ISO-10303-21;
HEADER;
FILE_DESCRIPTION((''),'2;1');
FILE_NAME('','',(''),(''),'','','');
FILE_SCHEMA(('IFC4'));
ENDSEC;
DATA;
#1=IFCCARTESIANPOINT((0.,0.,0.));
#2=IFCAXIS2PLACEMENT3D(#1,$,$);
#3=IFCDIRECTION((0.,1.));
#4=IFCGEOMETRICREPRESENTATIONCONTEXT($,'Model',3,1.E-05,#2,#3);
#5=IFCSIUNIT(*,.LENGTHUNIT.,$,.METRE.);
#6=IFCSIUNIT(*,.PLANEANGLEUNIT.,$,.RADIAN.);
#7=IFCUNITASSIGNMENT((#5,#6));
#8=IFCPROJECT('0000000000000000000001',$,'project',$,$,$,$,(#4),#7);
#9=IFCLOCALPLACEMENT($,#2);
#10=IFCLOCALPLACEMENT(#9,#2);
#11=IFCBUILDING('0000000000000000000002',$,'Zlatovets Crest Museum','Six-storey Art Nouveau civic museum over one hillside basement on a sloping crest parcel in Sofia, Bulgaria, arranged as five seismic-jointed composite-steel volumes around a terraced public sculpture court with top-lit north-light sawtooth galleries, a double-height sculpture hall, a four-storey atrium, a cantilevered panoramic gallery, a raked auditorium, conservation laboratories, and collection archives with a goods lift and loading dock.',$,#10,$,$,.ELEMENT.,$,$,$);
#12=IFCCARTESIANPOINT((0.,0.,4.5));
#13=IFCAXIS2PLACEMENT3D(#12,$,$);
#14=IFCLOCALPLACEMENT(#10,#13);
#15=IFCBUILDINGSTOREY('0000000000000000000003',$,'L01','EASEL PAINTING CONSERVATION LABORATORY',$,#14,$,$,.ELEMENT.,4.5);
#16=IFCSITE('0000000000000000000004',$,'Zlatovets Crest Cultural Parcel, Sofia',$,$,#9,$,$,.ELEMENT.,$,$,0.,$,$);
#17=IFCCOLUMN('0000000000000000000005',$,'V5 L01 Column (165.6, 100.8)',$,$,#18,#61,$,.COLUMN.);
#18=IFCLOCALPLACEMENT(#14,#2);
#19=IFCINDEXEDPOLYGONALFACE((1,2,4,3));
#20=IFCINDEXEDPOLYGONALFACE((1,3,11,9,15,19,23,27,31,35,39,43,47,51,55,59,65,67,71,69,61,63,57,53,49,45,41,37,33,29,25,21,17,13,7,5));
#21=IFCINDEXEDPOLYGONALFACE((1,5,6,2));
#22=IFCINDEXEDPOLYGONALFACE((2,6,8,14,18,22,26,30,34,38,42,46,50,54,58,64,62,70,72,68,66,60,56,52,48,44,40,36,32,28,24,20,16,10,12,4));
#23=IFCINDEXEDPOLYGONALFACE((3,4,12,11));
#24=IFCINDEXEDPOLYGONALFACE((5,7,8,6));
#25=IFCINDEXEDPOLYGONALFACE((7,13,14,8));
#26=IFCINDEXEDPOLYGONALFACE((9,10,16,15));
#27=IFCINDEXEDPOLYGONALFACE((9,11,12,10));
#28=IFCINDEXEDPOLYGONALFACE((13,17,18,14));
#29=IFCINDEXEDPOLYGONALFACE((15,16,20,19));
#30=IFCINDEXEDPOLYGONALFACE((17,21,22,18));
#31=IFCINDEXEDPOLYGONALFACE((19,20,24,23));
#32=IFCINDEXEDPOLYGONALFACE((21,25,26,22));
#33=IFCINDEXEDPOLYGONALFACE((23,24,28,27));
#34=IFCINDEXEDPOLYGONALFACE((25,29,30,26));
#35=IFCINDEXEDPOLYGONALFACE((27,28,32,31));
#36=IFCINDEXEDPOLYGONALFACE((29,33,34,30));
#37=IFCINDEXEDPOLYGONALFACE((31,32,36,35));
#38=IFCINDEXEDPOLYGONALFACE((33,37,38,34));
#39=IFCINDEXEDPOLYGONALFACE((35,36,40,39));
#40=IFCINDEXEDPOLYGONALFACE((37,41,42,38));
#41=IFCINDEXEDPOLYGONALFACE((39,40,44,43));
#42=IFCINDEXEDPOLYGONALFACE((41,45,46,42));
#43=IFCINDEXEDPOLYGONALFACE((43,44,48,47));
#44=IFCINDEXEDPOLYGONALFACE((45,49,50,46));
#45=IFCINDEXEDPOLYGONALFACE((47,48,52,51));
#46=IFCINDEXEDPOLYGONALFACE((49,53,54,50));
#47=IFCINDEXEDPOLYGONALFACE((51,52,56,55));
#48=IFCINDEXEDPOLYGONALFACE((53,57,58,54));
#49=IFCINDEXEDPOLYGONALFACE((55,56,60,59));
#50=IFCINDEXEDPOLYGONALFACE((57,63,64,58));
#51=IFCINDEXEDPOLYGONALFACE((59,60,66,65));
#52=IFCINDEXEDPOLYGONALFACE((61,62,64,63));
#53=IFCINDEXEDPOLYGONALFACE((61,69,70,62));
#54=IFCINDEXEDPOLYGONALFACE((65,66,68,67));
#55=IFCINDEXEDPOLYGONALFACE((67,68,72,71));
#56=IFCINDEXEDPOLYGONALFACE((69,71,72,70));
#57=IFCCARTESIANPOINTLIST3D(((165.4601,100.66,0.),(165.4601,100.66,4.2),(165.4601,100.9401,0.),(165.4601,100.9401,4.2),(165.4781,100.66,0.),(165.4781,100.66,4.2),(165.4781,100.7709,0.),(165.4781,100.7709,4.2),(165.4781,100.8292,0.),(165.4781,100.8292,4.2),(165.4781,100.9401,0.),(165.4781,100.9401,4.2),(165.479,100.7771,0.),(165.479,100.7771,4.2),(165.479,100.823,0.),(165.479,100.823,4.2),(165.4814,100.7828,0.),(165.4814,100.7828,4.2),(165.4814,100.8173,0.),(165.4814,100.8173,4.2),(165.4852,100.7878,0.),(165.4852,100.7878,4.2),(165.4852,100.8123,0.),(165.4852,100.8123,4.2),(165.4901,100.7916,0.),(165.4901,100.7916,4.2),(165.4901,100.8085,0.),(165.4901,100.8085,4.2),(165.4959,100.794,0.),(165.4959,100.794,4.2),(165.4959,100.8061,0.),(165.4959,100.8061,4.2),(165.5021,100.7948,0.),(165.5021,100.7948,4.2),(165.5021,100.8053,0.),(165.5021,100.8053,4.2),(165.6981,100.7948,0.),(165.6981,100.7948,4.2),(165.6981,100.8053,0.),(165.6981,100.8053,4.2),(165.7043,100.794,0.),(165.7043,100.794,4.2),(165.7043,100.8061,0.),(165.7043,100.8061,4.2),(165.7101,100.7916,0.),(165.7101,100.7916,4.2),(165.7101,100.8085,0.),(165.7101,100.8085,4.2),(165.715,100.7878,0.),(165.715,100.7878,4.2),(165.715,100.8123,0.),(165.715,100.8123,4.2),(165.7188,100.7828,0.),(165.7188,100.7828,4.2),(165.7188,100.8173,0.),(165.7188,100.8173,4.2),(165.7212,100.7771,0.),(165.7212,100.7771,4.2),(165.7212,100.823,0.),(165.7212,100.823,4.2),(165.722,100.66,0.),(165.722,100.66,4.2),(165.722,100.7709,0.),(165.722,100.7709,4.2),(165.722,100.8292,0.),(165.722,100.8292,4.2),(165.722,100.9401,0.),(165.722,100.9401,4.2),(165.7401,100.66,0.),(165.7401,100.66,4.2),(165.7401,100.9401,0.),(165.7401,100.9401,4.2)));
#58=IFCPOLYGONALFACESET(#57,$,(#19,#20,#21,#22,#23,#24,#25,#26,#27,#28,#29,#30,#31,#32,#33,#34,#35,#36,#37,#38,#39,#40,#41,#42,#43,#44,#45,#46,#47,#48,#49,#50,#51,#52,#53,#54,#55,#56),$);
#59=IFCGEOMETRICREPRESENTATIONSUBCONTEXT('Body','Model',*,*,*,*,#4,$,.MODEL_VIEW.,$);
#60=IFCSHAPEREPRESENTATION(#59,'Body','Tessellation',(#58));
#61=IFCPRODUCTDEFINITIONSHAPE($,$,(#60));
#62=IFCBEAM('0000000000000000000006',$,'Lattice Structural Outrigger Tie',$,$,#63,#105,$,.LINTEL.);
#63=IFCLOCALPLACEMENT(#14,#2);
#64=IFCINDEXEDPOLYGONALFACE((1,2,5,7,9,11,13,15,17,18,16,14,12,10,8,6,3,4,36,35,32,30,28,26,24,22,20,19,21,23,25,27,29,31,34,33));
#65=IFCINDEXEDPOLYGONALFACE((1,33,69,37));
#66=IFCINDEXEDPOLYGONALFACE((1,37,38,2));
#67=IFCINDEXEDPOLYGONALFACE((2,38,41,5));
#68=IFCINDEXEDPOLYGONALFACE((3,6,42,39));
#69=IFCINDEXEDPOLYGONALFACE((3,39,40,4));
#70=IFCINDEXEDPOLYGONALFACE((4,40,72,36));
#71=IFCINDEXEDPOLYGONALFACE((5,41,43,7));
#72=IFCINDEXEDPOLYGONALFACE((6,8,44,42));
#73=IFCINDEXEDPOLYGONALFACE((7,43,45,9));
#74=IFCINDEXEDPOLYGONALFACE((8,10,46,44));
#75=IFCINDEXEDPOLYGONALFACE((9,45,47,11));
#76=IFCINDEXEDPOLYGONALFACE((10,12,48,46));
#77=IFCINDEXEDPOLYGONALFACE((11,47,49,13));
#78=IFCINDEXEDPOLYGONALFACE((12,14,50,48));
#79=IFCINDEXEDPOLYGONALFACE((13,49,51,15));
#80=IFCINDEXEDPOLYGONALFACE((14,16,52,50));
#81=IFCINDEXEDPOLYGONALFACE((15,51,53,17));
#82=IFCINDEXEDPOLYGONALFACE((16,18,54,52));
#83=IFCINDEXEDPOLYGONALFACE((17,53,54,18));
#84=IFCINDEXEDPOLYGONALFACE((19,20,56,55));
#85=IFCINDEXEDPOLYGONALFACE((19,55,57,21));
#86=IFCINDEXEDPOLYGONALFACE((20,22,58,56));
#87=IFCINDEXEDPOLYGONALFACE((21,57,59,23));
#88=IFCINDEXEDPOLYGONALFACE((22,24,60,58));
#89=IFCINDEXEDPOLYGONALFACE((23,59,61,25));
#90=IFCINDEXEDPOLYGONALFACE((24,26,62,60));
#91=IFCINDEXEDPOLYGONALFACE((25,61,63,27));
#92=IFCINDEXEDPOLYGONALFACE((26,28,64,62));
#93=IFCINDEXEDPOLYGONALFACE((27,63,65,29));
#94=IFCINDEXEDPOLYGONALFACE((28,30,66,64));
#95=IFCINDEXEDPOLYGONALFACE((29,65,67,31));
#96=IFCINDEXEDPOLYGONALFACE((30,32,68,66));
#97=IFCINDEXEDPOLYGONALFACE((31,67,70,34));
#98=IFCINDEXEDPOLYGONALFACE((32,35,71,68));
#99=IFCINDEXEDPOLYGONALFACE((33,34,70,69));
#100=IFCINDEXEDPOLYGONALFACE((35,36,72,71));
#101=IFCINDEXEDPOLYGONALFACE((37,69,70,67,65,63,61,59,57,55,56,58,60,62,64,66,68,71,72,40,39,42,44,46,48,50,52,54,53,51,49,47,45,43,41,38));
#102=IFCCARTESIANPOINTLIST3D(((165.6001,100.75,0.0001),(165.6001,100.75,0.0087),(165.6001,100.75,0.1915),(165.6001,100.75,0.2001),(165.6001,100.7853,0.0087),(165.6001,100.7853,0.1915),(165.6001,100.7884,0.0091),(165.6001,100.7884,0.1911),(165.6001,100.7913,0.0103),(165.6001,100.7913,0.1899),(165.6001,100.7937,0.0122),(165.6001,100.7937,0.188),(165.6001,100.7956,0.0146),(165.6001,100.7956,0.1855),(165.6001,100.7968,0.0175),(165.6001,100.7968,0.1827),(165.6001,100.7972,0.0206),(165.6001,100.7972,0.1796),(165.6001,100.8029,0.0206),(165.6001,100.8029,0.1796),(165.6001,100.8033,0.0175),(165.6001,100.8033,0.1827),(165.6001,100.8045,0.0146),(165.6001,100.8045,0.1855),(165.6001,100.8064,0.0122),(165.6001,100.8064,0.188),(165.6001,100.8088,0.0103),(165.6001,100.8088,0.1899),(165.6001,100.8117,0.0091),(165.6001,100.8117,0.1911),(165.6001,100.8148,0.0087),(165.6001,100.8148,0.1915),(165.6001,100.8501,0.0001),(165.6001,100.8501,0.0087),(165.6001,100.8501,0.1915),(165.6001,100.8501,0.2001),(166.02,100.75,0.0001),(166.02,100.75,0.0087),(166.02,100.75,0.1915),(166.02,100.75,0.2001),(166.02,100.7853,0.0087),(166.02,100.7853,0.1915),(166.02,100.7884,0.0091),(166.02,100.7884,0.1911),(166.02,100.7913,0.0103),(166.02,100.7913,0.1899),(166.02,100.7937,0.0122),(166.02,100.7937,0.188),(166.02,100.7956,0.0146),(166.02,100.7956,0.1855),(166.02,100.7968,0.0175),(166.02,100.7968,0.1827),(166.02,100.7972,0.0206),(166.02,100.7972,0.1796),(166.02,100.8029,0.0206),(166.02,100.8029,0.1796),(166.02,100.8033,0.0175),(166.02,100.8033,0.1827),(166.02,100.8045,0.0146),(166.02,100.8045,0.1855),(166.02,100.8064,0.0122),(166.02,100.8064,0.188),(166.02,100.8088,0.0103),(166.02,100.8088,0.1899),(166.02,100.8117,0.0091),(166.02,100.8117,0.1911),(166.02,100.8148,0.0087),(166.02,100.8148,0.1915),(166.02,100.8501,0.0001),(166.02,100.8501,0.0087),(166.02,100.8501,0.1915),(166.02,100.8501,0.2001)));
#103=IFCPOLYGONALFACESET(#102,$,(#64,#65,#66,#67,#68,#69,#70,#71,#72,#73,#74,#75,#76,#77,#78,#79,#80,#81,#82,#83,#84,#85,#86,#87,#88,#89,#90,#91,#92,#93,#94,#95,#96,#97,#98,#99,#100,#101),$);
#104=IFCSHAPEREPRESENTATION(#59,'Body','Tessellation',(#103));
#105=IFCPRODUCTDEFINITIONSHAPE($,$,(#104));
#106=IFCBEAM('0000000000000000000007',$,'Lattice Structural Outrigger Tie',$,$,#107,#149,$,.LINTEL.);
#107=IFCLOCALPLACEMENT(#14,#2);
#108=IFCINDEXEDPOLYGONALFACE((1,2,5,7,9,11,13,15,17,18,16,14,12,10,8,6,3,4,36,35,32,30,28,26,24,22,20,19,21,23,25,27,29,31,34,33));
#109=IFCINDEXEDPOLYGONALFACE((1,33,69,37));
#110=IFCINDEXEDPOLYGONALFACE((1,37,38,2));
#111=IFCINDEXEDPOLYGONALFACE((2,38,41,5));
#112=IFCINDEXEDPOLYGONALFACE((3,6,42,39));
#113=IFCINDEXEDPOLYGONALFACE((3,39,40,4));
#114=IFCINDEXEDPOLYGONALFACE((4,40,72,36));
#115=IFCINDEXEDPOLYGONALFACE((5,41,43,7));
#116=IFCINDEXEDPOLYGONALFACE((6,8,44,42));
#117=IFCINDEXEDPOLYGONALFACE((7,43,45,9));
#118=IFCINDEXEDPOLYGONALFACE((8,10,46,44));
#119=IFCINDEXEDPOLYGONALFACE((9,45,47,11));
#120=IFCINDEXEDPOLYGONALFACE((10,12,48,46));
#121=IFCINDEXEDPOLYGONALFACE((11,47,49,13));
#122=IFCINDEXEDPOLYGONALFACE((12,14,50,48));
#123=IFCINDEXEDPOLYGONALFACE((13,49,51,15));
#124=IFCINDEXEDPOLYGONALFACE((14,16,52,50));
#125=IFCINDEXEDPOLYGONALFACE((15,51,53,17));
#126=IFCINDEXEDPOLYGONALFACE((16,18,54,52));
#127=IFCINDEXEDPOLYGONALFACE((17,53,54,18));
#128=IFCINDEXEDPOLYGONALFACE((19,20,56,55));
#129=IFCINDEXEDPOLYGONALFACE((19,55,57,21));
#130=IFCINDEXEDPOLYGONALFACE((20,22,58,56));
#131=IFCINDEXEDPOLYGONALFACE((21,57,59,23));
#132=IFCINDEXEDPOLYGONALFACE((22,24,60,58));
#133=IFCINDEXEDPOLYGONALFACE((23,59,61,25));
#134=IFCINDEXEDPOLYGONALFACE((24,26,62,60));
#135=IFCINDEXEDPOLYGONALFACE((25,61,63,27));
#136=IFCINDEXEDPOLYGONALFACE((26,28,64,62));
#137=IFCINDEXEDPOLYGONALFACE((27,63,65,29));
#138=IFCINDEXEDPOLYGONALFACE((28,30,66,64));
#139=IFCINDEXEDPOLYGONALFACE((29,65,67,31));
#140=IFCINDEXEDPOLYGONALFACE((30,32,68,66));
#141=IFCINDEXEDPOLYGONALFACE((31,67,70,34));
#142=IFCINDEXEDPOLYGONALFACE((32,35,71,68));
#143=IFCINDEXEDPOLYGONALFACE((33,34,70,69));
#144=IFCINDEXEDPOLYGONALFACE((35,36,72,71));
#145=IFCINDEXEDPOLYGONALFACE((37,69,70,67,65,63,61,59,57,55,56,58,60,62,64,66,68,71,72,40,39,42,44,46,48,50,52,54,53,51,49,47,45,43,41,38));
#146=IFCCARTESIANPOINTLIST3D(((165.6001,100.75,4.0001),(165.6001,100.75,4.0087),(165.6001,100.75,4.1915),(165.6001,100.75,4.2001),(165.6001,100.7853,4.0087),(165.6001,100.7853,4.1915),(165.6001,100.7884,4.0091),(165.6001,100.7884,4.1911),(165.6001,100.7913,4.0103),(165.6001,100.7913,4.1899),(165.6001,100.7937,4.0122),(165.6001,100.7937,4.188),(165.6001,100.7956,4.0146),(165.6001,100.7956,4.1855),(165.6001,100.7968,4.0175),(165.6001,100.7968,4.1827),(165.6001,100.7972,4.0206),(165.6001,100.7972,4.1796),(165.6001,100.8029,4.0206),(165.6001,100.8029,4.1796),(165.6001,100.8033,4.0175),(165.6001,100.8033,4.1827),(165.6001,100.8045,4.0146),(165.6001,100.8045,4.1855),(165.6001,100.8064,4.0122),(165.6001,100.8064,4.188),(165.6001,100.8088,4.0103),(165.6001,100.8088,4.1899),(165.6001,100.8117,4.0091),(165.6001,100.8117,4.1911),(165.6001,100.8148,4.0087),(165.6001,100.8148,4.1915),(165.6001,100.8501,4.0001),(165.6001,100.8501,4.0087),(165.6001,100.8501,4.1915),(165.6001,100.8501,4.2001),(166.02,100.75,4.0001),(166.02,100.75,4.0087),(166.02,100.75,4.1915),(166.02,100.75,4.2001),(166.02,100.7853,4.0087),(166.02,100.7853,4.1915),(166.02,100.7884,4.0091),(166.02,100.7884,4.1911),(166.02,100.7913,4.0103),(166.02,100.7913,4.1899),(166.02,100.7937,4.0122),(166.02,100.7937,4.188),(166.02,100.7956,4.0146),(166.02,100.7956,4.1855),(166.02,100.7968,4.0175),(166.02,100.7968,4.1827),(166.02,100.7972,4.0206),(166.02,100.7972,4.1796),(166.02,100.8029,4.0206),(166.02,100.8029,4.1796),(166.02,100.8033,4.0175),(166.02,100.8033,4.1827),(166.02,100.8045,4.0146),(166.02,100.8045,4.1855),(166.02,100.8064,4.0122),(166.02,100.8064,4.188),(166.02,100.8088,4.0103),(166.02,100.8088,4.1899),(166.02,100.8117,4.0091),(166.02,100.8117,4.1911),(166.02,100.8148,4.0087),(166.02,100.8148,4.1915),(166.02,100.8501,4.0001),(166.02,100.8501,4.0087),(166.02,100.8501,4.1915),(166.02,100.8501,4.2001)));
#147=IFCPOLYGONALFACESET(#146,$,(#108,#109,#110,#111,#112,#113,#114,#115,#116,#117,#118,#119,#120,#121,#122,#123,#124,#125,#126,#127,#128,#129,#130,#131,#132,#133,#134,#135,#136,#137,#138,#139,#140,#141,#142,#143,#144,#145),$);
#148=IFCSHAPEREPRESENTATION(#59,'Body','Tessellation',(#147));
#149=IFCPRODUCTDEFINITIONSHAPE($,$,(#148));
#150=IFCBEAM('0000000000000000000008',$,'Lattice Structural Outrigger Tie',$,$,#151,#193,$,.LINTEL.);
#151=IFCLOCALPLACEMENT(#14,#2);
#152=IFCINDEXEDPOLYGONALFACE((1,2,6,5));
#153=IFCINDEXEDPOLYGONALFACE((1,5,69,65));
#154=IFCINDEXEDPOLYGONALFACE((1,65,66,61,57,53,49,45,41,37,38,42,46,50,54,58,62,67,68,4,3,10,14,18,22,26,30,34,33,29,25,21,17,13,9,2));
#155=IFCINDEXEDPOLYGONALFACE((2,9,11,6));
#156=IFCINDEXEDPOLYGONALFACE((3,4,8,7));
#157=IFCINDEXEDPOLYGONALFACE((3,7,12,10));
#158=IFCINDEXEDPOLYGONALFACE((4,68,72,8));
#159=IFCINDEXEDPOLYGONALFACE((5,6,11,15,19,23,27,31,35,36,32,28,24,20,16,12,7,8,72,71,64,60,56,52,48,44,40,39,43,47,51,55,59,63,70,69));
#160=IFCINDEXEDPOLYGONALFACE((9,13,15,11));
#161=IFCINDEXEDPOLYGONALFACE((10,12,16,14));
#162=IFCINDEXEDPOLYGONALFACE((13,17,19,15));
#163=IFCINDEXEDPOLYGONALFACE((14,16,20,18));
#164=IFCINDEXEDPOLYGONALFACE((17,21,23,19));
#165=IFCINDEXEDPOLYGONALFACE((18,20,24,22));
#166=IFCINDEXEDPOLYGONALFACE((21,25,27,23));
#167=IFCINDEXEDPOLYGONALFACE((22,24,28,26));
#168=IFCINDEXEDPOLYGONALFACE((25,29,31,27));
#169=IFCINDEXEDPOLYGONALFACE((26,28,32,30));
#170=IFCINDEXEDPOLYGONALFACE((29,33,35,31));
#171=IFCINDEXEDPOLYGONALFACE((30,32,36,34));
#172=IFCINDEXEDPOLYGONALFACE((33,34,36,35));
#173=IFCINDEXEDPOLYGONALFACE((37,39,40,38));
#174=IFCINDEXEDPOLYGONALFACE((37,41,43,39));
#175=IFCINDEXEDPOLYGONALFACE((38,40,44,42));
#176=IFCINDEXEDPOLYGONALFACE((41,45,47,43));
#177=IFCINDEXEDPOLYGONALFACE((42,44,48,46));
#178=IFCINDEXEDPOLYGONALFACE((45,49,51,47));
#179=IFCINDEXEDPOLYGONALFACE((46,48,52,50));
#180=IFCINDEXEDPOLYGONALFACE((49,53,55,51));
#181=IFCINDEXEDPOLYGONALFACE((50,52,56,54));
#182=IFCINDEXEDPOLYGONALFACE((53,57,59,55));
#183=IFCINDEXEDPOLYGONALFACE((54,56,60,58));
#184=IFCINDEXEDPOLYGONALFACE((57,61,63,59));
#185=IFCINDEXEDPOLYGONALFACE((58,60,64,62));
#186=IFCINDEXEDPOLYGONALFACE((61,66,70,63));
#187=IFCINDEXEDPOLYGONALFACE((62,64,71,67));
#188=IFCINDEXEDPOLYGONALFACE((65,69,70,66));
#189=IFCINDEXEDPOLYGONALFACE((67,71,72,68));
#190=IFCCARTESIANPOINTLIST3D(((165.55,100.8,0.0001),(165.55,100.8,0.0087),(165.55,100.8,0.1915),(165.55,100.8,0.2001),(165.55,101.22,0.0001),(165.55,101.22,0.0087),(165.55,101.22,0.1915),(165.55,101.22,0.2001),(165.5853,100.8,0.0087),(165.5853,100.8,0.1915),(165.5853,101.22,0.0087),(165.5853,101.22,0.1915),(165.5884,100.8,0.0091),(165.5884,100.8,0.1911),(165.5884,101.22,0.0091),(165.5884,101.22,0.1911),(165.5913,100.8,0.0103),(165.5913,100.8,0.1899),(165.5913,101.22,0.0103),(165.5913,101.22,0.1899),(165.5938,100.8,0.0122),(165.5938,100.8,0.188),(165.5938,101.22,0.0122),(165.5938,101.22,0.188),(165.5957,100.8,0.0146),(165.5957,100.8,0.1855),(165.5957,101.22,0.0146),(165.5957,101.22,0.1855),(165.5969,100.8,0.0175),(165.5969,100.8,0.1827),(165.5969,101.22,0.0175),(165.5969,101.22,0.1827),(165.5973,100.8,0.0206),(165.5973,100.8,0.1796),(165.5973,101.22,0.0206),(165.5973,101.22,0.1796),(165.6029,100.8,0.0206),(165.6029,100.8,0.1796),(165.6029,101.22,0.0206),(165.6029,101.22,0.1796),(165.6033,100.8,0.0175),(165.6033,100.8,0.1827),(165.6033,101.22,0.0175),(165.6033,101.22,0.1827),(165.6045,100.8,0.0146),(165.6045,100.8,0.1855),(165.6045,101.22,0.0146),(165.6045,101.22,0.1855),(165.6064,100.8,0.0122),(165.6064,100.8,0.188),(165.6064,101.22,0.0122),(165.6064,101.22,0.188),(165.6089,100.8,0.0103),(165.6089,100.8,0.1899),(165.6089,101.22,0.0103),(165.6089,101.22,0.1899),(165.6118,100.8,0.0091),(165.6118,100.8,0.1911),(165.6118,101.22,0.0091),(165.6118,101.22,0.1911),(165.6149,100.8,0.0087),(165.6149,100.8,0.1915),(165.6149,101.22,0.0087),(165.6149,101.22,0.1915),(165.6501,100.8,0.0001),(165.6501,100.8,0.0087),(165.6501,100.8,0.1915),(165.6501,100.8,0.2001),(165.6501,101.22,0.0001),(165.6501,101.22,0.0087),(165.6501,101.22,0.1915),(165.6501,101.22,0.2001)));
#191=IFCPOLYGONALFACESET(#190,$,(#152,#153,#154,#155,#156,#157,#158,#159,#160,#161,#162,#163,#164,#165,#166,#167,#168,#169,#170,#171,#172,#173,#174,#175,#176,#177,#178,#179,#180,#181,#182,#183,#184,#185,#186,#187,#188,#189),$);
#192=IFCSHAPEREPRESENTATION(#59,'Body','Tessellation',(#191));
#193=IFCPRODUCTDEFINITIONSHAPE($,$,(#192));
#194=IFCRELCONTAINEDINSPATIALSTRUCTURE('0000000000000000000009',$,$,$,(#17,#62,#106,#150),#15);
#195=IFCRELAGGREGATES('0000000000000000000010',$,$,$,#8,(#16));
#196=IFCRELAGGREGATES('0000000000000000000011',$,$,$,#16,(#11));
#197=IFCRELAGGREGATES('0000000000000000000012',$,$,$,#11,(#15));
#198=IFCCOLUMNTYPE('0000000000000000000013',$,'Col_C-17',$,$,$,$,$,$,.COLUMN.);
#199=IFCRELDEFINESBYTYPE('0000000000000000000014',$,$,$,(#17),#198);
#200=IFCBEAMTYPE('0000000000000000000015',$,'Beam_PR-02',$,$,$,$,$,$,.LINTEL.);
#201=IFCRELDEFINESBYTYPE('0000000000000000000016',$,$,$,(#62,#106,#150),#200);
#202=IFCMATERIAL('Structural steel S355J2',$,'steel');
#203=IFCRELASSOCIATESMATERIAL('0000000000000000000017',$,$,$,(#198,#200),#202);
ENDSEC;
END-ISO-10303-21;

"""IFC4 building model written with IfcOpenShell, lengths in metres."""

from ifc_helpers import new_model, si_unit, direction, frame, origin, origin_2d, place, context, subcontext, project, spatial, i_section, extrude, material, material_profile, profile_set, type_object, element, save


model = new_model("IFC4")

# Units and contexts
model_context = context("Model", 3, precision=1e-05, world=origin(), true_north=direction((0.0, 1.0)))
body_context = subcontext(model_context, "Body", "Model", "MODEL_VIEW")
ifc_project = project(units=[si_unit("LENGTHUNIT", "METRE"), si_unit("PLANEANGLEUNIT", "RADIAN")], contexts=[model_context])

# Site, building, storey
site_placement = place(None, origin())
site = spatial("IfcSite", under=ifc_project, at=site_placement, Name="Zlatovets Crest Cultural Parcel, Sofia", CompositionType="ELEMENT", RefElevation=0.0)
building_placement = place(site_placement, origin())
building = spatial("IfcBuilding", under=site, at=building_placement, Name="Zlatovets Crest Museum", Description="Six-storey Art Nouveau civic museum over one hillside basement on a sloping crest parcel in Sofia, Bulgaria, arranged as five seismic-jointed composite-steel volumes around a terraced public sculpture court with top-lit north-light sawtooth galleries, a double-height sculpture hall, a four-storey atrium, a cantilevered panoramic gallery, a raked auditorium, conservation laboratories, and collection archives with a goods lift and loading dock.", CompositionType="ELEMENT")
storey_placement = place(building_placement, frame((0.0, 0.0, 4.5)))
storey = spatial("IfcBuildingStorey", under=building, at=storey_placement, Name="L01", Description="EASEL PAINTING CONSERVATION LABORATORY", CompositionType="ELEMENT", Elevation=4.5)

# Column
ifc_material_1 = material(Name="Structural steel S355J2", Category="steel")
ifc_material_profile_1 = material_profile(ifc_material_1, i_section(OverallWidth=0.28, OverallDepth=0.28, WebThickness=0.0105, FlangeThickness=0.0181, FilletRadius=0.0239, at=origin_2d()), Name="HEB 280")
ifc_profile_set_1 = profile_set([ifc_material_profile_1], Name="Structural steel S355J2")
column_type = type_object("IfcColumnType", Name="Col_C-17", PredefinedType="COLUMN", material=ifc_profile_set_1)
column_placement = place(storey_placement, frame((165.6001, 100.8, 0.0), z_axis=(0.0, 0.0, 1.0), x_axis=(0.0, 1.0, 0.0)))
element("IfcColumn", 1, at=column_placement, inside=storey, type_object=column_type, Name="V5 L01 Column (165.6, 100.8)", PredefinedType="COLUMN", context=body_context, shape_type="SweptSolid", body=[
    extrude(i_section(OverallWidth=0.28, OverallDepth=0.28, WebThickness=0.0105, FlangeThickness=0.0181, FilletRadius=0.0239, at=origin_2d()), origin(), (0.0, 0.0, 1.0), 4.2),
])

# Beams
ifc_material_profile_2 = material_profile(ifc_material_1, i_section(OverallWidth=0.1001, OverallDepth=0.2, WebThickness=0.0056, FlangeThickness=0.0085, FilletRadius=0.012, at=origin_2d()), Name="IPE 200")
ifc_profile_set_2 = profile_set([ifc_material_profile_2], Name="Structural steel S355J2")
beam_type = type_object("IfcBeamType", Name="Beam_PR-02", PredefinedType="LINTEL", material=ifc_profile_set_2)
for number, where, z_axis, x_axis, name in (
    (2, (165.6001, 100.8, 0.1001), (1.0, 0.0, 0.0), (0.0, 1.0, 0.0), "Lattice Structural Outrigger Tie"),
    (3, (165.6001, 100.8, 4.1001), (1.0, 0.0, 0.0), (0.0, 1.0, 0.0), "Lattice Structural Outrigger Tie"),
    (4, (165.6001, 100.8, 0.1001), (0.0, 1.0, 0.0), (-1.0, 0.0, 0.0), "Lattice Structural Outrigger Tie"),
):
    element("IfcBeam", number, at=place(storey_placement, frame(where, z_axis=z_axis, x_axis=x_axis)), inside=storey, type_object=beam_type, Name=name, PredefinedType="LINTEL", context=body_context, shape_type="SweptSolid", body=[
        extrude(i_section(OverallWidth=0.1001, OverallDepth=0.2, WebThickness=0.0056, FlangeThickness=0.0085, FilletRadius=0.012, at=origin_2d()), origin(), (0.0, 0.0, 1.0), 0.4199),
    ])

save(model, "model.ifc")
